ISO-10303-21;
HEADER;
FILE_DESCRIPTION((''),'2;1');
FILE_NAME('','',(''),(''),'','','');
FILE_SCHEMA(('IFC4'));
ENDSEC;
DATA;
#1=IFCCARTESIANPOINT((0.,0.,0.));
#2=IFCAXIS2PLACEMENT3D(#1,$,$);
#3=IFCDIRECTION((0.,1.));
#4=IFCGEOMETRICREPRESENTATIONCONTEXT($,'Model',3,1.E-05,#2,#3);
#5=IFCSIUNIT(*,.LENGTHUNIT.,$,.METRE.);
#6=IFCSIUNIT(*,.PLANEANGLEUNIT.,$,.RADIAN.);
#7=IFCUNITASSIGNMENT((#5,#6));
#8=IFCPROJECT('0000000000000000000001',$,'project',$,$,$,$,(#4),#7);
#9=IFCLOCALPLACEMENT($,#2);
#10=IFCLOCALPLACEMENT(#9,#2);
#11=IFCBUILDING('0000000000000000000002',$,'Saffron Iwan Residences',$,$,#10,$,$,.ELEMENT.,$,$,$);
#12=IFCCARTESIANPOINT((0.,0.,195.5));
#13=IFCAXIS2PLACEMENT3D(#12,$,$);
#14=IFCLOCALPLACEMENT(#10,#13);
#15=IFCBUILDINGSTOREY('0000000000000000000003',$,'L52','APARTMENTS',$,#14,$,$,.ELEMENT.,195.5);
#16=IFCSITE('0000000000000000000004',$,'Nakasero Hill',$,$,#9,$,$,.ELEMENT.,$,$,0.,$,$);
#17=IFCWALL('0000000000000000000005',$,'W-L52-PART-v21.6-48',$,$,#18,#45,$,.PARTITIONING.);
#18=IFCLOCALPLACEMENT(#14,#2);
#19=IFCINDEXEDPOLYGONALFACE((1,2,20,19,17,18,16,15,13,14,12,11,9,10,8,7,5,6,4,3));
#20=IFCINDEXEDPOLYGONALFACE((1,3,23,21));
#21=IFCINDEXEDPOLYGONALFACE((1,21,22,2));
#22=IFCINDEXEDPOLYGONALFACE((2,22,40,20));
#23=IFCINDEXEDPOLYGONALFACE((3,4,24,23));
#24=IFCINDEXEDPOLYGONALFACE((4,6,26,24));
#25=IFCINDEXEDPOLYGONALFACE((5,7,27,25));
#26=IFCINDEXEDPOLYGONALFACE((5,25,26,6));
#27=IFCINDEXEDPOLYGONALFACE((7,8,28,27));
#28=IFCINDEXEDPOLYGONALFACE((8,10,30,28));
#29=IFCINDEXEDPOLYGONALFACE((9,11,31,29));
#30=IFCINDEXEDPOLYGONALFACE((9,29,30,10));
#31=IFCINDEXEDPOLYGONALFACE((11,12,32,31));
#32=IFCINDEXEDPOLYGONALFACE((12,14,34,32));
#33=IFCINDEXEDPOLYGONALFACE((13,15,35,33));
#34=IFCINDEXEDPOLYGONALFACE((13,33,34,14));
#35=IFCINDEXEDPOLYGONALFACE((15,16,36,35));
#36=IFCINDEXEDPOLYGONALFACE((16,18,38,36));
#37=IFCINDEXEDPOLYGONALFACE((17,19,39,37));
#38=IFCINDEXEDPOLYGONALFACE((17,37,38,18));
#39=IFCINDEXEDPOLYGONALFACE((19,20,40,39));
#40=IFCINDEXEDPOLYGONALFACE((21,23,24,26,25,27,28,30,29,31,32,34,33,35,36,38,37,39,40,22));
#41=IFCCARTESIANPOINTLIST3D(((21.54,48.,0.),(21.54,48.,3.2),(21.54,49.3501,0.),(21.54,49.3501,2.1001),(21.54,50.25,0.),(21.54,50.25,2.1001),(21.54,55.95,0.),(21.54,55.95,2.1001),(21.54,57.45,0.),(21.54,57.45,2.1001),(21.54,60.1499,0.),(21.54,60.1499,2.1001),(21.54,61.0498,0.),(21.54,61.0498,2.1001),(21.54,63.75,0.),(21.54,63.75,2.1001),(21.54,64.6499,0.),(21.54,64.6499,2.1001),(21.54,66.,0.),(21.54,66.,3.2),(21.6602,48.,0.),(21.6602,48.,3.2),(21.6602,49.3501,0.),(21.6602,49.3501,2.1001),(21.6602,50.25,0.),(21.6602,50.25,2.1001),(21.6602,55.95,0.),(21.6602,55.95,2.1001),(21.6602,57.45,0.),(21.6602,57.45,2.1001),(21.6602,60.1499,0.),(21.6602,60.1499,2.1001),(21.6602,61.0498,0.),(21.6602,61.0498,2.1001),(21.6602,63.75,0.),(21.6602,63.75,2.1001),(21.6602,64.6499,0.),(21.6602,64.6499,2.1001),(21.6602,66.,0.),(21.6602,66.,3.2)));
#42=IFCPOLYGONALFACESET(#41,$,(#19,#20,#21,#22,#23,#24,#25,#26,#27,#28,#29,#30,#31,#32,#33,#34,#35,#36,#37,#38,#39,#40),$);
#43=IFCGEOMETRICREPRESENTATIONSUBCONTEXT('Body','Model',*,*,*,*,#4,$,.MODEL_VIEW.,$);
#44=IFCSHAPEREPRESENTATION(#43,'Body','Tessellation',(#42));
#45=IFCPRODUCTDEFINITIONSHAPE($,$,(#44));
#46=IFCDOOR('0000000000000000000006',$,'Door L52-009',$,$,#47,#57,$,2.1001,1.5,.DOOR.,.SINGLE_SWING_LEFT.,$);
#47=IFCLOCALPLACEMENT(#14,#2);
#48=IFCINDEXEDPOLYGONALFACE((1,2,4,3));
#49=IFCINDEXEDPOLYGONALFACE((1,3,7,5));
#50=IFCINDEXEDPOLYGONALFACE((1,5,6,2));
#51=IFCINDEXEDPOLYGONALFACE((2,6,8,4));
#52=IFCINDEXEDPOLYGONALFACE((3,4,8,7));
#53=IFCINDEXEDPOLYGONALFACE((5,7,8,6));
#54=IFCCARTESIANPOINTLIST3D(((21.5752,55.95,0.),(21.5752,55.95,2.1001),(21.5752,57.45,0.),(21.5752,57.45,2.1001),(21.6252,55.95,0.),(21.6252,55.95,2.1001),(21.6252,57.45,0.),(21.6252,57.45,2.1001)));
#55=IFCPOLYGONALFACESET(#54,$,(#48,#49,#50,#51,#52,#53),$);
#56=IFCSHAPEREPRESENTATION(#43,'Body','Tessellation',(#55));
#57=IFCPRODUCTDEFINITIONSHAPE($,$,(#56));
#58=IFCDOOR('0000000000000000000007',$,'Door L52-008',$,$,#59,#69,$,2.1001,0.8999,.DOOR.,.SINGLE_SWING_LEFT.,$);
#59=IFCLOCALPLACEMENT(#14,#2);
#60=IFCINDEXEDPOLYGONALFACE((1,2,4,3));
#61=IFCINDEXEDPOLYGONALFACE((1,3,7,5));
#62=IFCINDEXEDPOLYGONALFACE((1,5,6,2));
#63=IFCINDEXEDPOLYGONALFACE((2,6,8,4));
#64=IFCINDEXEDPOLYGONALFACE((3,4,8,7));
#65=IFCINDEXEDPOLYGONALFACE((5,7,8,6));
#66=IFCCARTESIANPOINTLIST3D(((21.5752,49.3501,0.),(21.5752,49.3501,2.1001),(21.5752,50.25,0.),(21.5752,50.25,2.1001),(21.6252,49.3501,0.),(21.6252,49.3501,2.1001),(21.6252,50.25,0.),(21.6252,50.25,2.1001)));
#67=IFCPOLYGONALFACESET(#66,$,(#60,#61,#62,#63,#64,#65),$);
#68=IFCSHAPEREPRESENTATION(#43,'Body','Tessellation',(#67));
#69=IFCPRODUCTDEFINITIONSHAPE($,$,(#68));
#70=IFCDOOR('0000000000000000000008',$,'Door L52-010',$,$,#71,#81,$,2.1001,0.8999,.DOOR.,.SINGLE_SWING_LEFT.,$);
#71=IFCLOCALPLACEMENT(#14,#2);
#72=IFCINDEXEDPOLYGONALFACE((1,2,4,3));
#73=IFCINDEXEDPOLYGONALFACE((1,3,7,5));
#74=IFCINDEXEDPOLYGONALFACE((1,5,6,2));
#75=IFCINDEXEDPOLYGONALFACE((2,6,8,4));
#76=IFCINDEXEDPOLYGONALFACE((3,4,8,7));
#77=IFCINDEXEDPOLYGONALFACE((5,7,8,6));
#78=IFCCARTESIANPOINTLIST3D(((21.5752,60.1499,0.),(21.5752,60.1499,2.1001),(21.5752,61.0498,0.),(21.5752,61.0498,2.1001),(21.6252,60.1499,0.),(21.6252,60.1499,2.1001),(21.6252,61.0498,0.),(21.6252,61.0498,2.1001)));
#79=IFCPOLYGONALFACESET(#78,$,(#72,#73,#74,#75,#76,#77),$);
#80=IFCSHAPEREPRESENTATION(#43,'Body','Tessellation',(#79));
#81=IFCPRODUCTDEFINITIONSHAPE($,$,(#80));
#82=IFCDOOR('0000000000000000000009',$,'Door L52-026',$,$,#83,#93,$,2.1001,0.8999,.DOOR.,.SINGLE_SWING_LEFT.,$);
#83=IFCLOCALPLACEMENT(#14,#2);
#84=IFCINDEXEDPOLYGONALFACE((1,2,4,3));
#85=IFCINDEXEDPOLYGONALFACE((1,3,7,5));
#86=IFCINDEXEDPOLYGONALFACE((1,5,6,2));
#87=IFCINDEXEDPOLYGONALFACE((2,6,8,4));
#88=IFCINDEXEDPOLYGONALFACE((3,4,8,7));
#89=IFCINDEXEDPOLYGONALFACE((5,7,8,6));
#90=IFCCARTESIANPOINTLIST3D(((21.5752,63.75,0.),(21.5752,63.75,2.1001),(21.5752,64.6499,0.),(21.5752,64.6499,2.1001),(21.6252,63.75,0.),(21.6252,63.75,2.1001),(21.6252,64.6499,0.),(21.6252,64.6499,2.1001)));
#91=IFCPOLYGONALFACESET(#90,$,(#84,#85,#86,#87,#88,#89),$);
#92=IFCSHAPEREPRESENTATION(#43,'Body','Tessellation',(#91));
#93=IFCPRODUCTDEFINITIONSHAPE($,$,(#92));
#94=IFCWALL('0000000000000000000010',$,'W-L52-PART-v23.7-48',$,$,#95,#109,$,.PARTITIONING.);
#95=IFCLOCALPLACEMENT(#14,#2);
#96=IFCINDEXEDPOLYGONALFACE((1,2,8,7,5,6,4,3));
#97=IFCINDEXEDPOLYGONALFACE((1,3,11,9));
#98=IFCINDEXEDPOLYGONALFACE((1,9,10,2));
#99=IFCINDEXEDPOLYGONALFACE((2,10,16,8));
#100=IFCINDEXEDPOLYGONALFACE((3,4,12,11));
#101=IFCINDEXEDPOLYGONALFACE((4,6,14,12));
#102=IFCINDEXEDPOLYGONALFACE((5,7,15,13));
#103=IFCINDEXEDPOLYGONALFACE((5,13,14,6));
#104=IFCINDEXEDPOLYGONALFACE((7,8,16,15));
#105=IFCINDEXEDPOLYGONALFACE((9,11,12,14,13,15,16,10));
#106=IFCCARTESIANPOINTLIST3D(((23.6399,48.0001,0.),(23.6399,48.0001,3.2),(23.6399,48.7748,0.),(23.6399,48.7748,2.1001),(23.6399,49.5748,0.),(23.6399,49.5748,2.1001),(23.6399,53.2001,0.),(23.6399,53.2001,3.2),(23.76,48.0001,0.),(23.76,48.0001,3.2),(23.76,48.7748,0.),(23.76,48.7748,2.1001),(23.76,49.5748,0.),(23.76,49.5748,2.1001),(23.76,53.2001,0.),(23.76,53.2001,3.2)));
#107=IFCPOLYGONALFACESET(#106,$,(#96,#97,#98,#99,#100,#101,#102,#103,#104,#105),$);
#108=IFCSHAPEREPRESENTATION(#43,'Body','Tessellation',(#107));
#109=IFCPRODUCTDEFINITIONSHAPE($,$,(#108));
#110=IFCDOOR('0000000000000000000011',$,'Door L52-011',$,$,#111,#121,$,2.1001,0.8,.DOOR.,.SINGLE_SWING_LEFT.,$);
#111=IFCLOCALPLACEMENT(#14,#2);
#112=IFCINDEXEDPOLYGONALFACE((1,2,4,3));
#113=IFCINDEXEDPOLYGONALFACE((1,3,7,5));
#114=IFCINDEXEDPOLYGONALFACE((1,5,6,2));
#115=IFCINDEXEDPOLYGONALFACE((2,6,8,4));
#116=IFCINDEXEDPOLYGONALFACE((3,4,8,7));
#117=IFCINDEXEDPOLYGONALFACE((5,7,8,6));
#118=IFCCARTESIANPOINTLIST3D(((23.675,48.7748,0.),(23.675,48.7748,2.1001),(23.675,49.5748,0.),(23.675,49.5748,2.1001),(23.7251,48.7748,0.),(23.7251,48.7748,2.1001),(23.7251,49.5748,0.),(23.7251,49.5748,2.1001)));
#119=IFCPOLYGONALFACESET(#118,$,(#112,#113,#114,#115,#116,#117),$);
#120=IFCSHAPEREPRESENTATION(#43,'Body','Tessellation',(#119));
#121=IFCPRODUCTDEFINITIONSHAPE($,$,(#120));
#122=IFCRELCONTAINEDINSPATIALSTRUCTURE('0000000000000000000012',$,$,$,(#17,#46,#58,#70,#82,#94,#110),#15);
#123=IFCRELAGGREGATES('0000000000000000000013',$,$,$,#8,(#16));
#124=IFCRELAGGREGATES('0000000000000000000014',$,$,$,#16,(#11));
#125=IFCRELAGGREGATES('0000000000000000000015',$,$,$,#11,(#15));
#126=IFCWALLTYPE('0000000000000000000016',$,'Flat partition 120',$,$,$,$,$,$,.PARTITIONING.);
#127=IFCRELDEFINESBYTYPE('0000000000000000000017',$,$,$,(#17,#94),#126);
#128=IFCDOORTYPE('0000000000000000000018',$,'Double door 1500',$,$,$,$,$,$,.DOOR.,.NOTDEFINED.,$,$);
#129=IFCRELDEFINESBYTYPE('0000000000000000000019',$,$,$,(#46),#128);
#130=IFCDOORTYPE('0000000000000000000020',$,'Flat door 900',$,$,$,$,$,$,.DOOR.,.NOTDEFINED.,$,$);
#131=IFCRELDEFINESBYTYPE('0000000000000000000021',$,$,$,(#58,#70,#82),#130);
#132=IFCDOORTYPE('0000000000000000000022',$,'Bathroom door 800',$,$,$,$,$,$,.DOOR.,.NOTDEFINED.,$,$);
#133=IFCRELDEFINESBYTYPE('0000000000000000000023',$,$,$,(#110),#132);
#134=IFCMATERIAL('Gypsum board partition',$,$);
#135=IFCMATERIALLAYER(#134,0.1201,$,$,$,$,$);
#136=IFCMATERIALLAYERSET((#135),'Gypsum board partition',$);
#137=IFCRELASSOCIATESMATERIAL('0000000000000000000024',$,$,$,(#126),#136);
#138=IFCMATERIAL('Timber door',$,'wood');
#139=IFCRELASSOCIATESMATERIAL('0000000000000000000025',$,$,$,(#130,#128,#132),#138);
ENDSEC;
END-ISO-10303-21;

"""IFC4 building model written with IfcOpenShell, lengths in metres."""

from ifc_helpers import new_model, si_unit, direction, frame, frame_2d, origin, place, context, subcontext, project, spatial, rectangle, extrude, material, layer, layer_set, type_object, element, fill, save


model = new_model("IFC4")

# Units and contexts
model_context = context("Model", 3, precision=1e-05, world=origin(), true_north=direction((0.0, 1.0)))
body_context = subcontext(model_context, "Body", "Model", "MODEL_VIEW")
ifc_project = project(units=[si_unit("LENGTHUNIT", "METRE"), si_unit("PLANEANGLEUNIT", "RADIAN")], contexts=[model_context])

# Site, building, storey
site_placement = place(None, origin())
site = spatial("IfcSite", under=ifc_project, at=site_placement, Name="Nakasero Hill", CompositionType="ELEMENT", RefElevation=0.0)
building_placement = place(site_placement, origin())
building = spatial("IfcBuilding", under=site, at=building_placement, Name="Saffron Iwan Residences", CompositionType="ELEMENT")
storey_placement = place(building_placement, frame((0.0, 0.0, 195.5)))
storey = spatial("IfcBuildingStorey", under=building, at=storey_placement, Name="L52", Description="APARTMENTS", CompositionType="ELEMENT", Elevation=195.5)

# Shared definitions
ifc_material_1 = material(Name="Gypsum board partition")
ifc_layer_1 = layer(ifc_material_1, 0.1201)
ifc_layer_set_1 = layer_set([ifc_layer_1], Name="Gypsum board partition")
wall_type_1 = type_object("IfcWallType", Name="Flat partition 120", PredefinedType="PARTITIONING", material=ifc_layer_set_1)

# Wall, openings, doors
ifc_material_2 = material(Name="Timber door", Category="wood")
door_type_1 = type_object("IfcDoorType", Name="Flat door 900", OperationType="NOTDEFINED", PredefinedType="DOOR", material=ifc_material_2)
wall_1_placement = place(storey_placement, frame((21.6001, 48.0, 0.0), z_axis=(0.0, 0.0, 1.0), x_axis=(0.0, 1.0, 0.0)))
wall_1 = element("IfcWall", 1, at=wall_1_placement, inside=storey, type_object=wall_type_1, Name="W-L52-PART-v21.6-48", PredefinedType="PARTITIONING", context=body_context, shape_type="SweptSolid", body=[
    extrude(rectangle(XDim=18.0, YDim=0.1201, at=frame_2d((9.0, 0.0))), origin(), (0.0, 0.0, 1.0), 3.2),
])
opening_1_placement = place(wall_1_placement, frame((1.3501, 0.0, 0.0)))
opening_1 = element("IfcOpeningElement", 2, at=opening_1_placement, cuts=wall_1, PredefinedType="OPENING", context=body_context, shape_type="SweptSolid", body=[
    extrude(rectangle(XDim=0.8999, YDim=2.1001, at=frame_2d((0.45, 1.05))), frame((0.0, 0.0701, 0.0), z_axis=(0.0, -1.0, 0.0), x_axis=(1.0, 0.0, 0.0)), (0.0, 0.0, 1.0), 0.1401),
])
opening_2_placement = place(wall_1_placement, frame((7.95, 0.0, 0.0)))
opening_2 = element("IfcOpeningElement", 3, at=opening_2_placement, cuts=wall_1, PredefinedType="OPENING", context=body_context, shape_type="SweptSolid", body=[
    extrude(rectangle(XDim=1.5, YDim=2.1001, at=frame_2d((0.75, 1.05))), frame((0.0, 0.0701, 0.0), z_axis=(0.0, -1.0, 0.0), x_axis=(1.0, 0.0, 0.0)), (0.0, 0.0, 1.0), 0.1401),
])
opening_3_placement = place(wall_1_placement, frame((12.1499, 0.0, 0.0)))
opening_3 = element("IfcOpeningElement", 4, at=opening_3_placement, cuts=wall_1, PredefinedType="OPENING", context=body_context, shape_type="SweptSolid", body=[
    extrude(rectangle(XDim=0.8999, YDim=2.1001, at=frame_2d((0.45, 1.05))), frame((0.0, 0.0701, 0.0), z_axis=(0.0, -1.0, 0.0), x_axis=(1.0, 0.0, 0.0)), (0.0, 0.0, 1.0), 0.1401),
])
opening_4_placement = place(wall_1_placement, frame((15.75, 0.0, 0.0)))
opening_4 = element("IfcOpeningElement", 5, at=opening_4_placement, cuts=wall_1, PredefinedType="OPENING", context=body_context, shape_type="SweptSolid", body=[
    extrude(rectangle(XDim=0.8999, YDim=2.1001, at=frame_2d((0.45, 1.05))), frame((0.0, 0.0701, 0.0), z_axis=(0.0, -1.0, 0.0), x_axis=(1.0, 0.0, 0.0)), (0.0, 0.0, 1.0), 0.1401),
])
door_type_2 = type_object("IfcDoorType", Name="Double door 1500", OperationType="NOTDEFINED", PredefinedType="DOOR", material=ifc_material_2)
door_1_placement = place(opening_2_placement, origin())
door_1 = element("IfcDoor", 6, at=door_1_placement, inside=storey, type_object=door_type_2, Name="Door L52-009", OperationType="SINGLE_SWING_LEFT", OverallHeight=2.1001, OverallWidth=1.5, PredefinedType="DOOR", context=body_context, shape_type="SweptSolid", body=[
    extrude(rectangle(XDim=1.5, YDim=2.1001, at=frame_2d((0.75, 1.05))), frame((0.0, 0.0249, 0.0), z_axis=(0.0, -1.0, 0.0), x_axis=(1.0, 0.0, 0.0)), (0.0, 0.0, 1.0), 0.05),
])
fill(opening_2, door_1)
door_2_placement = place(opening_1_placement, origin())
door_2 = element("IfcDoor", 7, at=door_2_placement, inside=storey, type_object=door_type_1, Name="Door L52-008", OperationType="SINGLE_SWING_LEFT", OverallHeight=2.1001, OverallWidth=0.8999, PredefinedType="DOOR", context=body_context, shape_type="SweptSolid", body=[
    extrude(rectangle(XDim=0.8999, YDim=2.1001, at=frame_2d((0.45, 1.05))), frame((0.0, 0.0249, 0.0), z_axis=(0.0, -1.0, 0.0), x_axis=(1.0, 0.0, 0.0)), (0.0, 0.0, 1.0), 0.05),
])
fill(opening_1, door_2)
door_3_placement = place(opening_3_placement, origin())
door_3 = element("IfcDoor", 8, at=door_3_placement, inside=storey, type_object=door_type_1, Name="Door L52-010", OperationType="SINGLE_SWING_LEFT", OverallHeight=2.1001, OverallWidth=0.8999, PredefinedType="DOOR", context=body_context, shape_type="SweptSolid", body=[
    extrude(rectangle(XDim=0.8999, YDim=2.1001, at=frame_2d((0.45, 1.05))), frame((0.0, 0.0249, 0.0), z_axis=(0.0, -1.0, 0.0), x_axis=(1.0, 0.0, 0.0)), (0.0, 0.0, 1.0), 0.05),
])
fill(opening_3, door_3)
door_4_placement = place(opening_4_placement, origin())
door_4 = element("IfcDoor", 9, at=door_4_placement, inside=storey, type_object=door_type_1, Name="Door L52-026", OperationType="SINGLE_SWING_LEFT", OverallHeight=2.1001, OverallWidth=0.8999, PredefinedType="DOOR", context=body_context, shape_type="SweptSolid", body=[
    extrude(rectangle(XDim=0.8999, YDim=2.1001, at=frame_2d((0.45, 1.05))), frame((0.0, 0.0249, 0.0), z_axis=(0.0, -1.0, 0.0), x_axis=(1.0, 0.0, 0.0)), (0.0, 0.0, 1.0), 0.05),
])
fill(opening_4, door_4)

# Wall, opening, door
wall_2_placement = place(storey_placement, frame((23.7, 48.0, 0.0), z_axis=(0.0, 0.0, 1.0), x_axis=(0.0, 1.0, 0.0)))
wall_2 = element("IfcWall", 10, at=wall_2_placement, inside=storey, type_object=wall_type_1, Name="W-L52-PART-v23.7-48", PredefinedType="PARTITIONING", context=body_context, shape_type="SweptSolid", body=[
    extrude(rectangle(XDim=5.2, YDim=0.1201, at=frame_2d((2.6001, 0.0))), origin(), (0.0, 0.0, 1.0), 3.2),
])
opening_5_placement = place(wall_2_placement, frame((0.7749, 0.0, 0.0)))
opening_5 = element("IfcOpeningElement", 11, at=opening_5_placement, cuts=wall_2, PredefinedType="OPENING", context=body_context, shape_type="SweptSolid", body=[
    extrude(rectangle(XDim=0.8, YDim=2.1001, at=frame_2d((0.3999, 1.05))), frame((0.0, 0.0701, 0.0), z_axis=(0.0, -1.0, 0.0), x_axis=(1.0, 0.0, 0.0)), (0.0, 0.0, 1.0), 0.1401),
])
door_type_3 = type_object("IfcDoorType", Name="Bathroom door 800", OperationType="NOTDEFINED", PredefinedType="DOOR", material=ifc_material_2)
door_5_placement = place(opening_5_placement, origin())
door_5 = element("IfcDoor", 12, at=door_5_placement, inside=storey, type_object=door_type_3, Name="Door L52-011", OperationType="SINGLE_SWING_LEFT", OverallHeight=2.1001, OverallWidth=0.8, PredefinedType="DOOR", context=body_context, shape_type="SweptSolid", body=[
    extrude(rectangle(XDim=0.8, YDim=2.1001, at=frame_2d((0.3999, 1.05))), frame((0.0, 0.0249, 0.0), z_axis=(0.0, -1.0, 0.0), x_axis=(1.0, 0.0, 0.0)), (0.0, 0.0, 1.0), 0.05),
])
fill(opening_5, door_5)

save(model, "model.ifc")
